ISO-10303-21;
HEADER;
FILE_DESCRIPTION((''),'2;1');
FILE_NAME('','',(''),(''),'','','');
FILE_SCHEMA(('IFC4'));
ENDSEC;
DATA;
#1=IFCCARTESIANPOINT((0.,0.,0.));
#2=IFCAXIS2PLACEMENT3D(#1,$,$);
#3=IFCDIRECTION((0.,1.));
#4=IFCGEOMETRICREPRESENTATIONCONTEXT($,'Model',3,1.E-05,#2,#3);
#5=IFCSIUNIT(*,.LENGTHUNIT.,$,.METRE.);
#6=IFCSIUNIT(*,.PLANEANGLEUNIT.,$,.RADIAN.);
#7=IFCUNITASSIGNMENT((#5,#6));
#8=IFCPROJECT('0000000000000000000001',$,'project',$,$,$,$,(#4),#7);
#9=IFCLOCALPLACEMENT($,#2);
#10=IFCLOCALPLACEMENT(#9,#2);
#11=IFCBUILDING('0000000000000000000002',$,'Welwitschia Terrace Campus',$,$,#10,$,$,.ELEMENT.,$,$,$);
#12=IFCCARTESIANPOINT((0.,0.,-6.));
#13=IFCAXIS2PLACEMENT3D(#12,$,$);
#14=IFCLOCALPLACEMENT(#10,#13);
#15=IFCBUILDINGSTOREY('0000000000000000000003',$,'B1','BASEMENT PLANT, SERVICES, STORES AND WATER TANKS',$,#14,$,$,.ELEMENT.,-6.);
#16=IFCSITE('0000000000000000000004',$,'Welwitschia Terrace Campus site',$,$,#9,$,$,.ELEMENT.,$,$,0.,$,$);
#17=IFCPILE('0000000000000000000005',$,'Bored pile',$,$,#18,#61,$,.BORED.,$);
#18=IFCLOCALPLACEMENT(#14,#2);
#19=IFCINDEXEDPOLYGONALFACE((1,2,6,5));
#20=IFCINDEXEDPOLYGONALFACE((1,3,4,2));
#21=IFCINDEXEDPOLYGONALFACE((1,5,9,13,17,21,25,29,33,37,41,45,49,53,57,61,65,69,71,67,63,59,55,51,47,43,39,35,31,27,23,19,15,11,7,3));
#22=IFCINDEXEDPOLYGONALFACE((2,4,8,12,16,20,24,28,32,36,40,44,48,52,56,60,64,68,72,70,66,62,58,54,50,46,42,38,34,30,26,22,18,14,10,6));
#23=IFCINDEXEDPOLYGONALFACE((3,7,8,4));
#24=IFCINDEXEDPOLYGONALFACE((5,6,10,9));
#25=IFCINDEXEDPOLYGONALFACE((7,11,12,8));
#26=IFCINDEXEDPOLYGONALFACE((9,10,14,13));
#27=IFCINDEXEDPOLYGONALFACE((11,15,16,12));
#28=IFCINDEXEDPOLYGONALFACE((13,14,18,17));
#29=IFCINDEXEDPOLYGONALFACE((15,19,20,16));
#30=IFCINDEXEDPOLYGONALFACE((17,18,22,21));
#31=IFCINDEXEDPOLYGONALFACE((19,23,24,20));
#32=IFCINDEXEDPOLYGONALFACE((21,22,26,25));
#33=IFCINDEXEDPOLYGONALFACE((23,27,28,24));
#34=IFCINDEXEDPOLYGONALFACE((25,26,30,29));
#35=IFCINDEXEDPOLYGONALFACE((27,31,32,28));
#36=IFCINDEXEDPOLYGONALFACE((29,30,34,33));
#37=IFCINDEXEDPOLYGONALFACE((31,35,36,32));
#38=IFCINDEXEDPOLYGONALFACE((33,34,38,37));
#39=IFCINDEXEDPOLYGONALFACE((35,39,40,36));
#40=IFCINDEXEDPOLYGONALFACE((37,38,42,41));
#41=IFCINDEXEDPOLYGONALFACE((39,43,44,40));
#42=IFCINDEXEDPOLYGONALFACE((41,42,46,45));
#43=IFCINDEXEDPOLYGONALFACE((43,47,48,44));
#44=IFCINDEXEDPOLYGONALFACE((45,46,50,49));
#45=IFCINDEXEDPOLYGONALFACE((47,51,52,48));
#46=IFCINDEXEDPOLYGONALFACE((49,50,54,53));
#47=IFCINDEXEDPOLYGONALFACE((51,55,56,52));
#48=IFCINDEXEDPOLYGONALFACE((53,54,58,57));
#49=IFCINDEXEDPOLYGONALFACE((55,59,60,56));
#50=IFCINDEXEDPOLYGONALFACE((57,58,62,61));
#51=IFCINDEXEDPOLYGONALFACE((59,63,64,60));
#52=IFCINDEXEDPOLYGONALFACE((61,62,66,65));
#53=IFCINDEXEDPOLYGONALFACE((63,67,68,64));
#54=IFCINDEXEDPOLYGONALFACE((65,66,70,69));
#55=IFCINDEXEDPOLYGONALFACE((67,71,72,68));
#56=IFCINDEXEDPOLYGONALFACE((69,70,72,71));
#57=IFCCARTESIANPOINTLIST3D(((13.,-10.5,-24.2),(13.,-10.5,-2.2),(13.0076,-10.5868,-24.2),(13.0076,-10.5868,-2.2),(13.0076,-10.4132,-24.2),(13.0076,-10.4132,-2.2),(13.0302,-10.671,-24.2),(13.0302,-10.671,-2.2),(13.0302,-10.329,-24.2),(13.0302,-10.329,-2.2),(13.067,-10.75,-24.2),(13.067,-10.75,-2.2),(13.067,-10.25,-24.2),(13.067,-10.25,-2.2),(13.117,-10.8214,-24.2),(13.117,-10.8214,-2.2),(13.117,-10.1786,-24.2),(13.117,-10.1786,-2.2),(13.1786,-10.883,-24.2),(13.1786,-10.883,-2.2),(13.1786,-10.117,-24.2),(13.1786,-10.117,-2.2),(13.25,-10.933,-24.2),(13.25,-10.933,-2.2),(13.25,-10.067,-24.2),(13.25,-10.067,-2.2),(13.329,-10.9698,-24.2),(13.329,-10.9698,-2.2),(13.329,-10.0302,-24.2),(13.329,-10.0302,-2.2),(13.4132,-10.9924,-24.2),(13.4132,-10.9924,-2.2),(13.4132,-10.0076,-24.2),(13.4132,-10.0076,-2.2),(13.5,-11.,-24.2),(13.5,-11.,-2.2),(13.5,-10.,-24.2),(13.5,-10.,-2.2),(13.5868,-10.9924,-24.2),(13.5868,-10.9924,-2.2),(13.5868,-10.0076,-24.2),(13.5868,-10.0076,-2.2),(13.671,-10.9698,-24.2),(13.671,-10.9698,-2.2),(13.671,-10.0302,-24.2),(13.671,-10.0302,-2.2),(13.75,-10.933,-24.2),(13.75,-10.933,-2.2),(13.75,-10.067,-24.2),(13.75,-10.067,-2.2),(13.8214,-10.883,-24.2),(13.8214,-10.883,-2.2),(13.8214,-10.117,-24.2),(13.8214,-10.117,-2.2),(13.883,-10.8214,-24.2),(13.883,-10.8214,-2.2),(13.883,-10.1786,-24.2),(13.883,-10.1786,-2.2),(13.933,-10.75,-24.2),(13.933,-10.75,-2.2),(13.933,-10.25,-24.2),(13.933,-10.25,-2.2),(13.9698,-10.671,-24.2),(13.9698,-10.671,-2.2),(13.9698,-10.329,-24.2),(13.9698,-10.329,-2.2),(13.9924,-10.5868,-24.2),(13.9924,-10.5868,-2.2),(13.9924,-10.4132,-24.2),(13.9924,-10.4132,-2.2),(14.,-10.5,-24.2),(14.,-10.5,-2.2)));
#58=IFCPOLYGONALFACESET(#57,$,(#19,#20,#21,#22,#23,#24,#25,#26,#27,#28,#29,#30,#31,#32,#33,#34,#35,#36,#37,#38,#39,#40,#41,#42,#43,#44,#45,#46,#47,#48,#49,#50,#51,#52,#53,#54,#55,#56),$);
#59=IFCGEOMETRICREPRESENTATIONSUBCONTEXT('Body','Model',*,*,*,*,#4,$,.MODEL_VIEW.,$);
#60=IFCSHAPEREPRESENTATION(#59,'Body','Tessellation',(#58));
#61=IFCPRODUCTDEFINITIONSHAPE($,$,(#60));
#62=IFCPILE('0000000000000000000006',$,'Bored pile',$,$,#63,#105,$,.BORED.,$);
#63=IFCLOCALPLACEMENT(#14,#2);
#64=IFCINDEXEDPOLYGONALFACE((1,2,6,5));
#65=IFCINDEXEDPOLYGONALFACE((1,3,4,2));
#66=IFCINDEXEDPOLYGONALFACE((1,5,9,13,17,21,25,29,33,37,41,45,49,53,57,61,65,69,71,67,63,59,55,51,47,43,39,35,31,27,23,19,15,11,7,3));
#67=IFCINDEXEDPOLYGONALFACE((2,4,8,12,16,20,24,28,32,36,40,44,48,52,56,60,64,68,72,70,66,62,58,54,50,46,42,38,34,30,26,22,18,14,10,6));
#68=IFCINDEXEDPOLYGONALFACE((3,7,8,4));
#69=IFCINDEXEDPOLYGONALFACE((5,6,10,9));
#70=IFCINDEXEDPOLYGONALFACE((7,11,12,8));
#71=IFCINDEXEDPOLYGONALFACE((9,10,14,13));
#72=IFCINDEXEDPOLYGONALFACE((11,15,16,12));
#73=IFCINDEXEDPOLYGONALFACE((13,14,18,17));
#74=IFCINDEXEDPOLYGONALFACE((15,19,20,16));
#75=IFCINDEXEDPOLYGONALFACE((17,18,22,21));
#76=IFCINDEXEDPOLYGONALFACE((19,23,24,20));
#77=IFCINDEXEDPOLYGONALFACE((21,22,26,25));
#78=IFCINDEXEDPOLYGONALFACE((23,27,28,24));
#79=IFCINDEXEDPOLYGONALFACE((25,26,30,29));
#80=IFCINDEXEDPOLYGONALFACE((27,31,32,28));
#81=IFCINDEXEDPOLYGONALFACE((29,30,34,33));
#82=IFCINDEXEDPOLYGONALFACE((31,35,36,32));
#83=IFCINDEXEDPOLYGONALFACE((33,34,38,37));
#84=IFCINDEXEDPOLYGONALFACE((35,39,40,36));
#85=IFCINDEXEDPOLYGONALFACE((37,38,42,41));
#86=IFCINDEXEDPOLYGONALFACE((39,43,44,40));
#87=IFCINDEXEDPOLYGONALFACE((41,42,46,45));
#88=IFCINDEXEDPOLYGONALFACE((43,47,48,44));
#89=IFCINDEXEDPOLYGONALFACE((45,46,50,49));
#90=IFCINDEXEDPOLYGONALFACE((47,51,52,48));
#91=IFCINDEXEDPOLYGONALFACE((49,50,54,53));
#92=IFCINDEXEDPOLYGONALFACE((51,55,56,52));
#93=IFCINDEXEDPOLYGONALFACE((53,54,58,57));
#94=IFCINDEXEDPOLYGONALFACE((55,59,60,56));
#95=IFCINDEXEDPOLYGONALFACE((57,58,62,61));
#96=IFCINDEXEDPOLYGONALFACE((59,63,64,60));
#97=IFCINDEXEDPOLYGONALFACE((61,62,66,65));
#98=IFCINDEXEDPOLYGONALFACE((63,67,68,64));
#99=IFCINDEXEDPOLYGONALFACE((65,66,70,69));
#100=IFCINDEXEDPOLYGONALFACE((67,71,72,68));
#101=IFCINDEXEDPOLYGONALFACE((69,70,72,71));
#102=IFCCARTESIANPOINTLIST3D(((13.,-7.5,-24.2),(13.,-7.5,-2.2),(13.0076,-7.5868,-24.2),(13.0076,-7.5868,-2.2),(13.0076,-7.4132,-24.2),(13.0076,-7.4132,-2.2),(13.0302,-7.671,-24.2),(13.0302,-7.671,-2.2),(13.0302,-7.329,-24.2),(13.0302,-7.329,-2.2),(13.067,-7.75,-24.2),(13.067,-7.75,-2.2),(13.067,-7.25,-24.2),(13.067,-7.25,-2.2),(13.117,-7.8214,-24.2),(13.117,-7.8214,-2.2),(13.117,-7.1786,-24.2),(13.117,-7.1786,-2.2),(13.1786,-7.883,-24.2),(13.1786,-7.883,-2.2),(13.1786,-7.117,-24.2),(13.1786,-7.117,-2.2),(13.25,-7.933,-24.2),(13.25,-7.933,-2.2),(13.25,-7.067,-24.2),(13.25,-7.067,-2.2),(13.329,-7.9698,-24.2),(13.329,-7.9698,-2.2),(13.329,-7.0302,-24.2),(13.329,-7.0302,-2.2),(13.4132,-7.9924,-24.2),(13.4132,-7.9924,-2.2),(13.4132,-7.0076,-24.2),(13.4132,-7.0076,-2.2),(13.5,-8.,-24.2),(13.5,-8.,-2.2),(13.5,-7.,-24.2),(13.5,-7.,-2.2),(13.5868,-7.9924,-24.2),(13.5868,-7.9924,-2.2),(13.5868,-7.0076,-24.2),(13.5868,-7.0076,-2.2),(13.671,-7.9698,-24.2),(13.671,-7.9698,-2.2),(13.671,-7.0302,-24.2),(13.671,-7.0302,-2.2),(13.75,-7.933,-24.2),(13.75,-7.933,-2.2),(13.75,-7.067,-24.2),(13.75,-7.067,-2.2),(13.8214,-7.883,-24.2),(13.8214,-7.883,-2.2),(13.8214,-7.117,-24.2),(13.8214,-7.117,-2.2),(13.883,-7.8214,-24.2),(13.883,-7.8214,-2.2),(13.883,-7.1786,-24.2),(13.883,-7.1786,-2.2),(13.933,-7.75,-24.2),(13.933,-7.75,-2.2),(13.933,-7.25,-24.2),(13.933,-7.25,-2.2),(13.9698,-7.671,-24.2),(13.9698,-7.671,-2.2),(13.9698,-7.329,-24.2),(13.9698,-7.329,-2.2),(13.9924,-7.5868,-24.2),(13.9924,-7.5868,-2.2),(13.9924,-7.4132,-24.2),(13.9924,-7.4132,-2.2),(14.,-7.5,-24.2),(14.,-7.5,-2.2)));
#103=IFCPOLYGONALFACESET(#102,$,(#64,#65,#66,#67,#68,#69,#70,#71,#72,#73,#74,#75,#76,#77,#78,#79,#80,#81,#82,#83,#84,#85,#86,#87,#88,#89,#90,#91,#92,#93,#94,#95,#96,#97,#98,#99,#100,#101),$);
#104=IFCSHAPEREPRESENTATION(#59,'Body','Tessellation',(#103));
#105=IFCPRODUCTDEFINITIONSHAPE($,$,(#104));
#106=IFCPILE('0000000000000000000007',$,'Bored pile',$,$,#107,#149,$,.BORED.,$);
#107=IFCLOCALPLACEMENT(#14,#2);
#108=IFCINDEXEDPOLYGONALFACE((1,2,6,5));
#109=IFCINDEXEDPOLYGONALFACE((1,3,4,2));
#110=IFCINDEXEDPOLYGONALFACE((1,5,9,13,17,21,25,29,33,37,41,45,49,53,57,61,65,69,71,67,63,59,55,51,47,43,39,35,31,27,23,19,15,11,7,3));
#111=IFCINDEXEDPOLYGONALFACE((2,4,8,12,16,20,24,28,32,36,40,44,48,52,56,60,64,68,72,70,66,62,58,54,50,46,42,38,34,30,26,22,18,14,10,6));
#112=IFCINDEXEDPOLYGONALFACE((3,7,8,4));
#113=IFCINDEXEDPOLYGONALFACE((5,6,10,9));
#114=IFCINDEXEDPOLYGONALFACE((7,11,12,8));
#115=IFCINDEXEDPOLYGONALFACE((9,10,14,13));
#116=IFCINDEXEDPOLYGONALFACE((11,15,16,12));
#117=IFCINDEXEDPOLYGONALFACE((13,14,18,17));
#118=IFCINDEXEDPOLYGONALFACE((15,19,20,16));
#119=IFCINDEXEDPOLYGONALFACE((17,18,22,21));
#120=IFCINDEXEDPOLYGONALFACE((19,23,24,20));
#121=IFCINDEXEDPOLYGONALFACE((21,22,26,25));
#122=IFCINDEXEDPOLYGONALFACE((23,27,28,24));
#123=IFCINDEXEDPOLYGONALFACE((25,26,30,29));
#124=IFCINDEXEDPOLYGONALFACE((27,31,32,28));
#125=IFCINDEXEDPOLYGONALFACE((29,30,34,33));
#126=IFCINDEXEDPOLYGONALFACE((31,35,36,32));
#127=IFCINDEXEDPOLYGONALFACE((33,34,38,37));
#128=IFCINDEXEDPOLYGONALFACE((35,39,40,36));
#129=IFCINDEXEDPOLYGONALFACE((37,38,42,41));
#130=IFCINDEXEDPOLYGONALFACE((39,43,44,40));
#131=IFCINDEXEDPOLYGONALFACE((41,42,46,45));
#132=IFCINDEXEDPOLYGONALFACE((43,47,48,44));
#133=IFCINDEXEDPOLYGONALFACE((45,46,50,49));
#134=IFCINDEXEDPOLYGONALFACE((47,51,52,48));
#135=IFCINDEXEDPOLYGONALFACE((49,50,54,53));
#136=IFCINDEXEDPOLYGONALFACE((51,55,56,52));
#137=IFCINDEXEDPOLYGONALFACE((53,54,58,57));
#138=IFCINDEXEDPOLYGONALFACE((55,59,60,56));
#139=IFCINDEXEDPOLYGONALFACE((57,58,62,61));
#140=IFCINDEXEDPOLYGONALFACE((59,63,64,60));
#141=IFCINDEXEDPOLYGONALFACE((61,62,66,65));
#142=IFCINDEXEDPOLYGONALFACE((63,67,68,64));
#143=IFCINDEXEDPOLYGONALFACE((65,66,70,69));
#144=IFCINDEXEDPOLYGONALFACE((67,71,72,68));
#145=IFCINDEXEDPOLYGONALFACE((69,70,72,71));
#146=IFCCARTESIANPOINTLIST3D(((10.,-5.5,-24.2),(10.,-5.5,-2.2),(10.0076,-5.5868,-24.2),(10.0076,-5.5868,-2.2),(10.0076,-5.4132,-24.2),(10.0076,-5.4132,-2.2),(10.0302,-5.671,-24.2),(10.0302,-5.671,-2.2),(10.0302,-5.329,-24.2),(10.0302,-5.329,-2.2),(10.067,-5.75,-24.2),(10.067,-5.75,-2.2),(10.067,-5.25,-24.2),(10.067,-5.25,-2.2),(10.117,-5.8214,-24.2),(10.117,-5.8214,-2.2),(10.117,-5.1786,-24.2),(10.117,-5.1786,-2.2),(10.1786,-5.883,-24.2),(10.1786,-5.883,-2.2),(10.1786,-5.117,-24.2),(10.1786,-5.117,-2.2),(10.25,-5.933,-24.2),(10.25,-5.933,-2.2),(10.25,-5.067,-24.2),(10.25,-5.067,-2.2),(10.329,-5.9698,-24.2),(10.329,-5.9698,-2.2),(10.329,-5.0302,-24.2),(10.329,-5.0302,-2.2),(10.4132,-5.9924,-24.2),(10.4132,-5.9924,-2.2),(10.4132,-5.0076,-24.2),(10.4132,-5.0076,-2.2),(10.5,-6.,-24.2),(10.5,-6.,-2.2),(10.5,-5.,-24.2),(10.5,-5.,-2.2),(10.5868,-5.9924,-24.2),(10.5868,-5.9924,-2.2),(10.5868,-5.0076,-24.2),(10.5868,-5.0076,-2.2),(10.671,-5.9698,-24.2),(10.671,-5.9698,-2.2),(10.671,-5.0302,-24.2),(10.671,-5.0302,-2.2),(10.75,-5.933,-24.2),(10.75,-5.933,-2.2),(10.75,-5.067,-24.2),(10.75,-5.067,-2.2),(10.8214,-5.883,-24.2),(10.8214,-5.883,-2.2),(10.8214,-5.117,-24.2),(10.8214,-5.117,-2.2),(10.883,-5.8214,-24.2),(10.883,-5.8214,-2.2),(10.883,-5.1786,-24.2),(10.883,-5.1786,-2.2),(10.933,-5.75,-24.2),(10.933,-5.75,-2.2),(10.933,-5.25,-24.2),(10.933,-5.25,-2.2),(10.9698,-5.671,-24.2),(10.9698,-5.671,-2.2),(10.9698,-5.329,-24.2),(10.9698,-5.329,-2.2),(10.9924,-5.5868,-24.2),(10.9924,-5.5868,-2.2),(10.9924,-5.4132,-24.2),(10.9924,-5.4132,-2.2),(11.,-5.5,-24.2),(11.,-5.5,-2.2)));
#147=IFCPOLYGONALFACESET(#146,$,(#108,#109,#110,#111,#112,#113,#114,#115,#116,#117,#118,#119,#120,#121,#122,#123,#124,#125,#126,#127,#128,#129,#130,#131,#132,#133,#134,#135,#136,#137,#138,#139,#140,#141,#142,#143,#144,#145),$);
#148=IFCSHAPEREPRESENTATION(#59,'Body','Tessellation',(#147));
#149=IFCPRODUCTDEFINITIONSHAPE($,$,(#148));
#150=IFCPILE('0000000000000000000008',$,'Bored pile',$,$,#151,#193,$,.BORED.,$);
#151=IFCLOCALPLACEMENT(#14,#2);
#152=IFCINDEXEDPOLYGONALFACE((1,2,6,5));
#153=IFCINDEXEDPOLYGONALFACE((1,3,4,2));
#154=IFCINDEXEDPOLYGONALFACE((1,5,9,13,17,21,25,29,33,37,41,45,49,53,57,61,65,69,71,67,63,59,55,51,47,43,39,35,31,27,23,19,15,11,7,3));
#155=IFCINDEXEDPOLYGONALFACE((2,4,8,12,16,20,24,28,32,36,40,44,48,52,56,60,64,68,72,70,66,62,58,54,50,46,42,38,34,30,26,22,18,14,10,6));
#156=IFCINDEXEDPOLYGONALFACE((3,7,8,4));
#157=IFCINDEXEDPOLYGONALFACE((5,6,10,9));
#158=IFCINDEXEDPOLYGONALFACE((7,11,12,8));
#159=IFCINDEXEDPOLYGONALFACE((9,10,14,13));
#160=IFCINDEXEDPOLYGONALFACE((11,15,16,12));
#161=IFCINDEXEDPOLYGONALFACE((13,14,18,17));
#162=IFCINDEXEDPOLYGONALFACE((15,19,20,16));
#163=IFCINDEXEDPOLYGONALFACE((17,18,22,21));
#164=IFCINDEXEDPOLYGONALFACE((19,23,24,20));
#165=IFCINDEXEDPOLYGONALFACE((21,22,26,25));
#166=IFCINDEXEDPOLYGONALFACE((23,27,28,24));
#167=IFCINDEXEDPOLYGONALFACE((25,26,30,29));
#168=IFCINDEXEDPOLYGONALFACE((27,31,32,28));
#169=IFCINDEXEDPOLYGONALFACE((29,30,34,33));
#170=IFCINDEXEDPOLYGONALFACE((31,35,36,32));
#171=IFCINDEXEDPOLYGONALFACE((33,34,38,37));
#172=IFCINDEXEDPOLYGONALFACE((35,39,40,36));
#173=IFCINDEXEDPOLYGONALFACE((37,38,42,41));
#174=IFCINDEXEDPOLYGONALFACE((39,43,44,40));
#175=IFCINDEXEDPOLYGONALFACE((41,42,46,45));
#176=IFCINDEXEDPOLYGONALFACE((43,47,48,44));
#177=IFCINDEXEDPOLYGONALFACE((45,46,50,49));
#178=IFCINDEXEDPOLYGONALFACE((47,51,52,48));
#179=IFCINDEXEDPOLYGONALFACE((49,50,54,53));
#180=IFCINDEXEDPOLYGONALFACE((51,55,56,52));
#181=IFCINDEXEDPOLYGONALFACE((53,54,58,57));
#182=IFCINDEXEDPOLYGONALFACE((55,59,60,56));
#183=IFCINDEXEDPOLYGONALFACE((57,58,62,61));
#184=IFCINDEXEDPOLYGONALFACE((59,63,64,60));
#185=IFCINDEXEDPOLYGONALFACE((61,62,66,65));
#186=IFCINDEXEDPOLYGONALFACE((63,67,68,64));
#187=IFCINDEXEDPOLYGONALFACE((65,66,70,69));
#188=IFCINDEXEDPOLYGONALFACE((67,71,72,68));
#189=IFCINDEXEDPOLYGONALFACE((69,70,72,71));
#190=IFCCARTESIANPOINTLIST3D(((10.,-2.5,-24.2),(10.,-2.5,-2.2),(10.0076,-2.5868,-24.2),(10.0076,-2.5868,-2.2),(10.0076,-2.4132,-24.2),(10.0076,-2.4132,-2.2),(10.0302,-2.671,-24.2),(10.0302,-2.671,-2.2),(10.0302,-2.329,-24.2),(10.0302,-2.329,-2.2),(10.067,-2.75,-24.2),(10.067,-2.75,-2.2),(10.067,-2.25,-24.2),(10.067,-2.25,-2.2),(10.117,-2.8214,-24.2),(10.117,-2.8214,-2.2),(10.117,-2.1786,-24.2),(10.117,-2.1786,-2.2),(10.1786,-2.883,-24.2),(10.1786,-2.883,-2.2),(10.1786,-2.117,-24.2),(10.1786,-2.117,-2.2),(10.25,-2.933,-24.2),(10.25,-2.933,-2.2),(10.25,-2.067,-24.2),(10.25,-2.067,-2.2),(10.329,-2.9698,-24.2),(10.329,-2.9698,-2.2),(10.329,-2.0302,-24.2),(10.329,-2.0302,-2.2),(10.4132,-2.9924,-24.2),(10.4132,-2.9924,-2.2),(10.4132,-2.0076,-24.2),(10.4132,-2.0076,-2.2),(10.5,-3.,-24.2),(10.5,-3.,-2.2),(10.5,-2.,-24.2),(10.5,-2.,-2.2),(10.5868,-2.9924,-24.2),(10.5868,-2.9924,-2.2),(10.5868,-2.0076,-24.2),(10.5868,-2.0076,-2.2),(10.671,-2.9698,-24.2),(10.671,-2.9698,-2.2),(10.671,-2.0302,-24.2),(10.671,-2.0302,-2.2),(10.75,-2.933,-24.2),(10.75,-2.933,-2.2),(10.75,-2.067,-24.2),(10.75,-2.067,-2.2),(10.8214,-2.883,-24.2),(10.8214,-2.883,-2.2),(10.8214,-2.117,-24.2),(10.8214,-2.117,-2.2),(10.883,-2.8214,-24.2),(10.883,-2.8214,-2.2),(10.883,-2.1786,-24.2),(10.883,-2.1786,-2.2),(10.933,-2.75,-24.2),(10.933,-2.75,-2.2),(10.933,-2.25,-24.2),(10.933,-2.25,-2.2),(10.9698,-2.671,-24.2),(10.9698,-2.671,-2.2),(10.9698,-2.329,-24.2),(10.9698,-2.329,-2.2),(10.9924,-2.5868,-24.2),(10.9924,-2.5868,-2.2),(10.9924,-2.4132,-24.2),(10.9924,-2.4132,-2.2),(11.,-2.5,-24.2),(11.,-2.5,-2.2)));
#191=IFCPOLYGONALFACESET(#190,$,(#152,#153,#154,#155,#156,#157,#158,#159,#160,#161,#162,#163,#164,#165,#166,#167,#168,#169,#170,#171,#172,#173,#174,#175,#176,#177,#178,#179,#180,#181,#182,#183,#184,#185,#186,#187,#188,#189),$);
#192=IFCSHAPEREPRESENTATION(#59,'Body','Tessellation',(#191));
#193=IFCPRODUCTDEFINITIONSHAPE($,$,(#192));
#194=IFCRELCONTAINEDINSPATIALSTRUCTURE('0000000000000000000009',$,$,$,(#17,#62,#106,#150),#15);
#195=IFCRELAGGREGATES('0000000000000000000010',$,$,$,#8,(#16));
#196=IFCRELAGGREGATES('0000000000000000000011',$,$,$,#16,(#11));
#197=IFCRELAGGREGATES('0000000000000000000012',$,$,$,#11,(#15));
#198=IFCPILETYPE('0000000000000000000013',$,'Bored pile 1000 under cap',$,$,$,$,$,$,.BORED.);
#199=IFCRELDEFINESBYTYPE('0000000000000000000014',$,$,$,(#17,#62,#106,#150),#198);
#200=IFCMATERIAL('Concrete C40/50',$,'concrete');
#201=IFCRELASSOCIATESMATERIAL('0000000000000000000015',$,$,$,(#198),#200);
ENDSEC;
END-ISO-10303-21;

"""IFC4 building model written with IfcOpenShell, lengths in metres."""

from ifc_helpers import new_model, si_unit, direction, frame, origin, origin_2d, place, context, subcontext, project, spatial, circle, extrude, material, type_object, element, save


model = new_model("IFC4")

# Units and contexts
model_context = context("Model", 3, precision=1e-05, world=origin(), true_north=direction((0.0, 1.0)))
body_context = subcontext(model_context, "Body", "Model", "MODEL_VIEW")
ifc_project = project(units=[si_unit("LENGTHUNIT", "METRE"), si_unit("PLANEANGLEUNIT", "RADIAN")], contexts=[model_context])

# Site, building, storey
site_placement = place(None, origin())
site = spatial("IfcSite", under=ifc_project, at=site_placement, Name="Welwitschia Terrace Campus site", CompositionType="ELEMENT", RefElevation=0.0)
building_placement = place(site_placement, origin())
building = spatial("IfcBuilding", under=site, at=building_placement, Name="Welwitschia Terrace Campus", CompositionType="ELEMENT")
storey_placement = place(building_placement, frame((0.0, 0.0, -6.0)))
storey = spatial("IfcBuildingStorey", under=building, at=storey_placement, Name="B1", Description="BASEMENT PLANT, SERVICES, STORES AND WATER TANKS", CompositionType="ELEMENT", Elevation=-6.0)

# Piles
ifc_material_1 = material(Name="Concrete C40/50", Category="concrete")
pile_type_1 = type_object("IfcPileType", Name="Bored pile 1000 under cap", PredefinedType="BORED", material=ifc_material_1)
for number, where, z_axis, x_axis, name in (
    (1, (13.5, -10.5, -2.2), (0.0, 0.0, -1.0), (1.0, 0.0, 0.0), "Bored pile"),
    (2, (13.5, -7.5, -2.2), (0.0, 0.0, -1.0), (1.0, 0.0, 0.0), "Bored pile"),
    (3, (10.5, -5.5, -2.2), (0.0, 0.0, -1.0), (1.0, 0.0, 0.0), "Bored pile"),
    (4, (10.5, -2.5, -2.2), (0.0, 0.0, -1.0), (1.0, 0.0, 0.0), "Bored pile"),
):
    element("IfcPile", number, at=place(storey_placement, frame(where, z_axis=z_axis, x_axis=x_axis)), inside=storey, type_object=pile_type_1, Name=name, PredefinedType="BORED", context=body_context, shape_type="SweptSolid", body=[
        extrude(circle(Radius=0.5, at=origin_2d()), origin(), (0.0, 0.0, 1.0), 22.0),
    ])

save(model, "model.ifc")
